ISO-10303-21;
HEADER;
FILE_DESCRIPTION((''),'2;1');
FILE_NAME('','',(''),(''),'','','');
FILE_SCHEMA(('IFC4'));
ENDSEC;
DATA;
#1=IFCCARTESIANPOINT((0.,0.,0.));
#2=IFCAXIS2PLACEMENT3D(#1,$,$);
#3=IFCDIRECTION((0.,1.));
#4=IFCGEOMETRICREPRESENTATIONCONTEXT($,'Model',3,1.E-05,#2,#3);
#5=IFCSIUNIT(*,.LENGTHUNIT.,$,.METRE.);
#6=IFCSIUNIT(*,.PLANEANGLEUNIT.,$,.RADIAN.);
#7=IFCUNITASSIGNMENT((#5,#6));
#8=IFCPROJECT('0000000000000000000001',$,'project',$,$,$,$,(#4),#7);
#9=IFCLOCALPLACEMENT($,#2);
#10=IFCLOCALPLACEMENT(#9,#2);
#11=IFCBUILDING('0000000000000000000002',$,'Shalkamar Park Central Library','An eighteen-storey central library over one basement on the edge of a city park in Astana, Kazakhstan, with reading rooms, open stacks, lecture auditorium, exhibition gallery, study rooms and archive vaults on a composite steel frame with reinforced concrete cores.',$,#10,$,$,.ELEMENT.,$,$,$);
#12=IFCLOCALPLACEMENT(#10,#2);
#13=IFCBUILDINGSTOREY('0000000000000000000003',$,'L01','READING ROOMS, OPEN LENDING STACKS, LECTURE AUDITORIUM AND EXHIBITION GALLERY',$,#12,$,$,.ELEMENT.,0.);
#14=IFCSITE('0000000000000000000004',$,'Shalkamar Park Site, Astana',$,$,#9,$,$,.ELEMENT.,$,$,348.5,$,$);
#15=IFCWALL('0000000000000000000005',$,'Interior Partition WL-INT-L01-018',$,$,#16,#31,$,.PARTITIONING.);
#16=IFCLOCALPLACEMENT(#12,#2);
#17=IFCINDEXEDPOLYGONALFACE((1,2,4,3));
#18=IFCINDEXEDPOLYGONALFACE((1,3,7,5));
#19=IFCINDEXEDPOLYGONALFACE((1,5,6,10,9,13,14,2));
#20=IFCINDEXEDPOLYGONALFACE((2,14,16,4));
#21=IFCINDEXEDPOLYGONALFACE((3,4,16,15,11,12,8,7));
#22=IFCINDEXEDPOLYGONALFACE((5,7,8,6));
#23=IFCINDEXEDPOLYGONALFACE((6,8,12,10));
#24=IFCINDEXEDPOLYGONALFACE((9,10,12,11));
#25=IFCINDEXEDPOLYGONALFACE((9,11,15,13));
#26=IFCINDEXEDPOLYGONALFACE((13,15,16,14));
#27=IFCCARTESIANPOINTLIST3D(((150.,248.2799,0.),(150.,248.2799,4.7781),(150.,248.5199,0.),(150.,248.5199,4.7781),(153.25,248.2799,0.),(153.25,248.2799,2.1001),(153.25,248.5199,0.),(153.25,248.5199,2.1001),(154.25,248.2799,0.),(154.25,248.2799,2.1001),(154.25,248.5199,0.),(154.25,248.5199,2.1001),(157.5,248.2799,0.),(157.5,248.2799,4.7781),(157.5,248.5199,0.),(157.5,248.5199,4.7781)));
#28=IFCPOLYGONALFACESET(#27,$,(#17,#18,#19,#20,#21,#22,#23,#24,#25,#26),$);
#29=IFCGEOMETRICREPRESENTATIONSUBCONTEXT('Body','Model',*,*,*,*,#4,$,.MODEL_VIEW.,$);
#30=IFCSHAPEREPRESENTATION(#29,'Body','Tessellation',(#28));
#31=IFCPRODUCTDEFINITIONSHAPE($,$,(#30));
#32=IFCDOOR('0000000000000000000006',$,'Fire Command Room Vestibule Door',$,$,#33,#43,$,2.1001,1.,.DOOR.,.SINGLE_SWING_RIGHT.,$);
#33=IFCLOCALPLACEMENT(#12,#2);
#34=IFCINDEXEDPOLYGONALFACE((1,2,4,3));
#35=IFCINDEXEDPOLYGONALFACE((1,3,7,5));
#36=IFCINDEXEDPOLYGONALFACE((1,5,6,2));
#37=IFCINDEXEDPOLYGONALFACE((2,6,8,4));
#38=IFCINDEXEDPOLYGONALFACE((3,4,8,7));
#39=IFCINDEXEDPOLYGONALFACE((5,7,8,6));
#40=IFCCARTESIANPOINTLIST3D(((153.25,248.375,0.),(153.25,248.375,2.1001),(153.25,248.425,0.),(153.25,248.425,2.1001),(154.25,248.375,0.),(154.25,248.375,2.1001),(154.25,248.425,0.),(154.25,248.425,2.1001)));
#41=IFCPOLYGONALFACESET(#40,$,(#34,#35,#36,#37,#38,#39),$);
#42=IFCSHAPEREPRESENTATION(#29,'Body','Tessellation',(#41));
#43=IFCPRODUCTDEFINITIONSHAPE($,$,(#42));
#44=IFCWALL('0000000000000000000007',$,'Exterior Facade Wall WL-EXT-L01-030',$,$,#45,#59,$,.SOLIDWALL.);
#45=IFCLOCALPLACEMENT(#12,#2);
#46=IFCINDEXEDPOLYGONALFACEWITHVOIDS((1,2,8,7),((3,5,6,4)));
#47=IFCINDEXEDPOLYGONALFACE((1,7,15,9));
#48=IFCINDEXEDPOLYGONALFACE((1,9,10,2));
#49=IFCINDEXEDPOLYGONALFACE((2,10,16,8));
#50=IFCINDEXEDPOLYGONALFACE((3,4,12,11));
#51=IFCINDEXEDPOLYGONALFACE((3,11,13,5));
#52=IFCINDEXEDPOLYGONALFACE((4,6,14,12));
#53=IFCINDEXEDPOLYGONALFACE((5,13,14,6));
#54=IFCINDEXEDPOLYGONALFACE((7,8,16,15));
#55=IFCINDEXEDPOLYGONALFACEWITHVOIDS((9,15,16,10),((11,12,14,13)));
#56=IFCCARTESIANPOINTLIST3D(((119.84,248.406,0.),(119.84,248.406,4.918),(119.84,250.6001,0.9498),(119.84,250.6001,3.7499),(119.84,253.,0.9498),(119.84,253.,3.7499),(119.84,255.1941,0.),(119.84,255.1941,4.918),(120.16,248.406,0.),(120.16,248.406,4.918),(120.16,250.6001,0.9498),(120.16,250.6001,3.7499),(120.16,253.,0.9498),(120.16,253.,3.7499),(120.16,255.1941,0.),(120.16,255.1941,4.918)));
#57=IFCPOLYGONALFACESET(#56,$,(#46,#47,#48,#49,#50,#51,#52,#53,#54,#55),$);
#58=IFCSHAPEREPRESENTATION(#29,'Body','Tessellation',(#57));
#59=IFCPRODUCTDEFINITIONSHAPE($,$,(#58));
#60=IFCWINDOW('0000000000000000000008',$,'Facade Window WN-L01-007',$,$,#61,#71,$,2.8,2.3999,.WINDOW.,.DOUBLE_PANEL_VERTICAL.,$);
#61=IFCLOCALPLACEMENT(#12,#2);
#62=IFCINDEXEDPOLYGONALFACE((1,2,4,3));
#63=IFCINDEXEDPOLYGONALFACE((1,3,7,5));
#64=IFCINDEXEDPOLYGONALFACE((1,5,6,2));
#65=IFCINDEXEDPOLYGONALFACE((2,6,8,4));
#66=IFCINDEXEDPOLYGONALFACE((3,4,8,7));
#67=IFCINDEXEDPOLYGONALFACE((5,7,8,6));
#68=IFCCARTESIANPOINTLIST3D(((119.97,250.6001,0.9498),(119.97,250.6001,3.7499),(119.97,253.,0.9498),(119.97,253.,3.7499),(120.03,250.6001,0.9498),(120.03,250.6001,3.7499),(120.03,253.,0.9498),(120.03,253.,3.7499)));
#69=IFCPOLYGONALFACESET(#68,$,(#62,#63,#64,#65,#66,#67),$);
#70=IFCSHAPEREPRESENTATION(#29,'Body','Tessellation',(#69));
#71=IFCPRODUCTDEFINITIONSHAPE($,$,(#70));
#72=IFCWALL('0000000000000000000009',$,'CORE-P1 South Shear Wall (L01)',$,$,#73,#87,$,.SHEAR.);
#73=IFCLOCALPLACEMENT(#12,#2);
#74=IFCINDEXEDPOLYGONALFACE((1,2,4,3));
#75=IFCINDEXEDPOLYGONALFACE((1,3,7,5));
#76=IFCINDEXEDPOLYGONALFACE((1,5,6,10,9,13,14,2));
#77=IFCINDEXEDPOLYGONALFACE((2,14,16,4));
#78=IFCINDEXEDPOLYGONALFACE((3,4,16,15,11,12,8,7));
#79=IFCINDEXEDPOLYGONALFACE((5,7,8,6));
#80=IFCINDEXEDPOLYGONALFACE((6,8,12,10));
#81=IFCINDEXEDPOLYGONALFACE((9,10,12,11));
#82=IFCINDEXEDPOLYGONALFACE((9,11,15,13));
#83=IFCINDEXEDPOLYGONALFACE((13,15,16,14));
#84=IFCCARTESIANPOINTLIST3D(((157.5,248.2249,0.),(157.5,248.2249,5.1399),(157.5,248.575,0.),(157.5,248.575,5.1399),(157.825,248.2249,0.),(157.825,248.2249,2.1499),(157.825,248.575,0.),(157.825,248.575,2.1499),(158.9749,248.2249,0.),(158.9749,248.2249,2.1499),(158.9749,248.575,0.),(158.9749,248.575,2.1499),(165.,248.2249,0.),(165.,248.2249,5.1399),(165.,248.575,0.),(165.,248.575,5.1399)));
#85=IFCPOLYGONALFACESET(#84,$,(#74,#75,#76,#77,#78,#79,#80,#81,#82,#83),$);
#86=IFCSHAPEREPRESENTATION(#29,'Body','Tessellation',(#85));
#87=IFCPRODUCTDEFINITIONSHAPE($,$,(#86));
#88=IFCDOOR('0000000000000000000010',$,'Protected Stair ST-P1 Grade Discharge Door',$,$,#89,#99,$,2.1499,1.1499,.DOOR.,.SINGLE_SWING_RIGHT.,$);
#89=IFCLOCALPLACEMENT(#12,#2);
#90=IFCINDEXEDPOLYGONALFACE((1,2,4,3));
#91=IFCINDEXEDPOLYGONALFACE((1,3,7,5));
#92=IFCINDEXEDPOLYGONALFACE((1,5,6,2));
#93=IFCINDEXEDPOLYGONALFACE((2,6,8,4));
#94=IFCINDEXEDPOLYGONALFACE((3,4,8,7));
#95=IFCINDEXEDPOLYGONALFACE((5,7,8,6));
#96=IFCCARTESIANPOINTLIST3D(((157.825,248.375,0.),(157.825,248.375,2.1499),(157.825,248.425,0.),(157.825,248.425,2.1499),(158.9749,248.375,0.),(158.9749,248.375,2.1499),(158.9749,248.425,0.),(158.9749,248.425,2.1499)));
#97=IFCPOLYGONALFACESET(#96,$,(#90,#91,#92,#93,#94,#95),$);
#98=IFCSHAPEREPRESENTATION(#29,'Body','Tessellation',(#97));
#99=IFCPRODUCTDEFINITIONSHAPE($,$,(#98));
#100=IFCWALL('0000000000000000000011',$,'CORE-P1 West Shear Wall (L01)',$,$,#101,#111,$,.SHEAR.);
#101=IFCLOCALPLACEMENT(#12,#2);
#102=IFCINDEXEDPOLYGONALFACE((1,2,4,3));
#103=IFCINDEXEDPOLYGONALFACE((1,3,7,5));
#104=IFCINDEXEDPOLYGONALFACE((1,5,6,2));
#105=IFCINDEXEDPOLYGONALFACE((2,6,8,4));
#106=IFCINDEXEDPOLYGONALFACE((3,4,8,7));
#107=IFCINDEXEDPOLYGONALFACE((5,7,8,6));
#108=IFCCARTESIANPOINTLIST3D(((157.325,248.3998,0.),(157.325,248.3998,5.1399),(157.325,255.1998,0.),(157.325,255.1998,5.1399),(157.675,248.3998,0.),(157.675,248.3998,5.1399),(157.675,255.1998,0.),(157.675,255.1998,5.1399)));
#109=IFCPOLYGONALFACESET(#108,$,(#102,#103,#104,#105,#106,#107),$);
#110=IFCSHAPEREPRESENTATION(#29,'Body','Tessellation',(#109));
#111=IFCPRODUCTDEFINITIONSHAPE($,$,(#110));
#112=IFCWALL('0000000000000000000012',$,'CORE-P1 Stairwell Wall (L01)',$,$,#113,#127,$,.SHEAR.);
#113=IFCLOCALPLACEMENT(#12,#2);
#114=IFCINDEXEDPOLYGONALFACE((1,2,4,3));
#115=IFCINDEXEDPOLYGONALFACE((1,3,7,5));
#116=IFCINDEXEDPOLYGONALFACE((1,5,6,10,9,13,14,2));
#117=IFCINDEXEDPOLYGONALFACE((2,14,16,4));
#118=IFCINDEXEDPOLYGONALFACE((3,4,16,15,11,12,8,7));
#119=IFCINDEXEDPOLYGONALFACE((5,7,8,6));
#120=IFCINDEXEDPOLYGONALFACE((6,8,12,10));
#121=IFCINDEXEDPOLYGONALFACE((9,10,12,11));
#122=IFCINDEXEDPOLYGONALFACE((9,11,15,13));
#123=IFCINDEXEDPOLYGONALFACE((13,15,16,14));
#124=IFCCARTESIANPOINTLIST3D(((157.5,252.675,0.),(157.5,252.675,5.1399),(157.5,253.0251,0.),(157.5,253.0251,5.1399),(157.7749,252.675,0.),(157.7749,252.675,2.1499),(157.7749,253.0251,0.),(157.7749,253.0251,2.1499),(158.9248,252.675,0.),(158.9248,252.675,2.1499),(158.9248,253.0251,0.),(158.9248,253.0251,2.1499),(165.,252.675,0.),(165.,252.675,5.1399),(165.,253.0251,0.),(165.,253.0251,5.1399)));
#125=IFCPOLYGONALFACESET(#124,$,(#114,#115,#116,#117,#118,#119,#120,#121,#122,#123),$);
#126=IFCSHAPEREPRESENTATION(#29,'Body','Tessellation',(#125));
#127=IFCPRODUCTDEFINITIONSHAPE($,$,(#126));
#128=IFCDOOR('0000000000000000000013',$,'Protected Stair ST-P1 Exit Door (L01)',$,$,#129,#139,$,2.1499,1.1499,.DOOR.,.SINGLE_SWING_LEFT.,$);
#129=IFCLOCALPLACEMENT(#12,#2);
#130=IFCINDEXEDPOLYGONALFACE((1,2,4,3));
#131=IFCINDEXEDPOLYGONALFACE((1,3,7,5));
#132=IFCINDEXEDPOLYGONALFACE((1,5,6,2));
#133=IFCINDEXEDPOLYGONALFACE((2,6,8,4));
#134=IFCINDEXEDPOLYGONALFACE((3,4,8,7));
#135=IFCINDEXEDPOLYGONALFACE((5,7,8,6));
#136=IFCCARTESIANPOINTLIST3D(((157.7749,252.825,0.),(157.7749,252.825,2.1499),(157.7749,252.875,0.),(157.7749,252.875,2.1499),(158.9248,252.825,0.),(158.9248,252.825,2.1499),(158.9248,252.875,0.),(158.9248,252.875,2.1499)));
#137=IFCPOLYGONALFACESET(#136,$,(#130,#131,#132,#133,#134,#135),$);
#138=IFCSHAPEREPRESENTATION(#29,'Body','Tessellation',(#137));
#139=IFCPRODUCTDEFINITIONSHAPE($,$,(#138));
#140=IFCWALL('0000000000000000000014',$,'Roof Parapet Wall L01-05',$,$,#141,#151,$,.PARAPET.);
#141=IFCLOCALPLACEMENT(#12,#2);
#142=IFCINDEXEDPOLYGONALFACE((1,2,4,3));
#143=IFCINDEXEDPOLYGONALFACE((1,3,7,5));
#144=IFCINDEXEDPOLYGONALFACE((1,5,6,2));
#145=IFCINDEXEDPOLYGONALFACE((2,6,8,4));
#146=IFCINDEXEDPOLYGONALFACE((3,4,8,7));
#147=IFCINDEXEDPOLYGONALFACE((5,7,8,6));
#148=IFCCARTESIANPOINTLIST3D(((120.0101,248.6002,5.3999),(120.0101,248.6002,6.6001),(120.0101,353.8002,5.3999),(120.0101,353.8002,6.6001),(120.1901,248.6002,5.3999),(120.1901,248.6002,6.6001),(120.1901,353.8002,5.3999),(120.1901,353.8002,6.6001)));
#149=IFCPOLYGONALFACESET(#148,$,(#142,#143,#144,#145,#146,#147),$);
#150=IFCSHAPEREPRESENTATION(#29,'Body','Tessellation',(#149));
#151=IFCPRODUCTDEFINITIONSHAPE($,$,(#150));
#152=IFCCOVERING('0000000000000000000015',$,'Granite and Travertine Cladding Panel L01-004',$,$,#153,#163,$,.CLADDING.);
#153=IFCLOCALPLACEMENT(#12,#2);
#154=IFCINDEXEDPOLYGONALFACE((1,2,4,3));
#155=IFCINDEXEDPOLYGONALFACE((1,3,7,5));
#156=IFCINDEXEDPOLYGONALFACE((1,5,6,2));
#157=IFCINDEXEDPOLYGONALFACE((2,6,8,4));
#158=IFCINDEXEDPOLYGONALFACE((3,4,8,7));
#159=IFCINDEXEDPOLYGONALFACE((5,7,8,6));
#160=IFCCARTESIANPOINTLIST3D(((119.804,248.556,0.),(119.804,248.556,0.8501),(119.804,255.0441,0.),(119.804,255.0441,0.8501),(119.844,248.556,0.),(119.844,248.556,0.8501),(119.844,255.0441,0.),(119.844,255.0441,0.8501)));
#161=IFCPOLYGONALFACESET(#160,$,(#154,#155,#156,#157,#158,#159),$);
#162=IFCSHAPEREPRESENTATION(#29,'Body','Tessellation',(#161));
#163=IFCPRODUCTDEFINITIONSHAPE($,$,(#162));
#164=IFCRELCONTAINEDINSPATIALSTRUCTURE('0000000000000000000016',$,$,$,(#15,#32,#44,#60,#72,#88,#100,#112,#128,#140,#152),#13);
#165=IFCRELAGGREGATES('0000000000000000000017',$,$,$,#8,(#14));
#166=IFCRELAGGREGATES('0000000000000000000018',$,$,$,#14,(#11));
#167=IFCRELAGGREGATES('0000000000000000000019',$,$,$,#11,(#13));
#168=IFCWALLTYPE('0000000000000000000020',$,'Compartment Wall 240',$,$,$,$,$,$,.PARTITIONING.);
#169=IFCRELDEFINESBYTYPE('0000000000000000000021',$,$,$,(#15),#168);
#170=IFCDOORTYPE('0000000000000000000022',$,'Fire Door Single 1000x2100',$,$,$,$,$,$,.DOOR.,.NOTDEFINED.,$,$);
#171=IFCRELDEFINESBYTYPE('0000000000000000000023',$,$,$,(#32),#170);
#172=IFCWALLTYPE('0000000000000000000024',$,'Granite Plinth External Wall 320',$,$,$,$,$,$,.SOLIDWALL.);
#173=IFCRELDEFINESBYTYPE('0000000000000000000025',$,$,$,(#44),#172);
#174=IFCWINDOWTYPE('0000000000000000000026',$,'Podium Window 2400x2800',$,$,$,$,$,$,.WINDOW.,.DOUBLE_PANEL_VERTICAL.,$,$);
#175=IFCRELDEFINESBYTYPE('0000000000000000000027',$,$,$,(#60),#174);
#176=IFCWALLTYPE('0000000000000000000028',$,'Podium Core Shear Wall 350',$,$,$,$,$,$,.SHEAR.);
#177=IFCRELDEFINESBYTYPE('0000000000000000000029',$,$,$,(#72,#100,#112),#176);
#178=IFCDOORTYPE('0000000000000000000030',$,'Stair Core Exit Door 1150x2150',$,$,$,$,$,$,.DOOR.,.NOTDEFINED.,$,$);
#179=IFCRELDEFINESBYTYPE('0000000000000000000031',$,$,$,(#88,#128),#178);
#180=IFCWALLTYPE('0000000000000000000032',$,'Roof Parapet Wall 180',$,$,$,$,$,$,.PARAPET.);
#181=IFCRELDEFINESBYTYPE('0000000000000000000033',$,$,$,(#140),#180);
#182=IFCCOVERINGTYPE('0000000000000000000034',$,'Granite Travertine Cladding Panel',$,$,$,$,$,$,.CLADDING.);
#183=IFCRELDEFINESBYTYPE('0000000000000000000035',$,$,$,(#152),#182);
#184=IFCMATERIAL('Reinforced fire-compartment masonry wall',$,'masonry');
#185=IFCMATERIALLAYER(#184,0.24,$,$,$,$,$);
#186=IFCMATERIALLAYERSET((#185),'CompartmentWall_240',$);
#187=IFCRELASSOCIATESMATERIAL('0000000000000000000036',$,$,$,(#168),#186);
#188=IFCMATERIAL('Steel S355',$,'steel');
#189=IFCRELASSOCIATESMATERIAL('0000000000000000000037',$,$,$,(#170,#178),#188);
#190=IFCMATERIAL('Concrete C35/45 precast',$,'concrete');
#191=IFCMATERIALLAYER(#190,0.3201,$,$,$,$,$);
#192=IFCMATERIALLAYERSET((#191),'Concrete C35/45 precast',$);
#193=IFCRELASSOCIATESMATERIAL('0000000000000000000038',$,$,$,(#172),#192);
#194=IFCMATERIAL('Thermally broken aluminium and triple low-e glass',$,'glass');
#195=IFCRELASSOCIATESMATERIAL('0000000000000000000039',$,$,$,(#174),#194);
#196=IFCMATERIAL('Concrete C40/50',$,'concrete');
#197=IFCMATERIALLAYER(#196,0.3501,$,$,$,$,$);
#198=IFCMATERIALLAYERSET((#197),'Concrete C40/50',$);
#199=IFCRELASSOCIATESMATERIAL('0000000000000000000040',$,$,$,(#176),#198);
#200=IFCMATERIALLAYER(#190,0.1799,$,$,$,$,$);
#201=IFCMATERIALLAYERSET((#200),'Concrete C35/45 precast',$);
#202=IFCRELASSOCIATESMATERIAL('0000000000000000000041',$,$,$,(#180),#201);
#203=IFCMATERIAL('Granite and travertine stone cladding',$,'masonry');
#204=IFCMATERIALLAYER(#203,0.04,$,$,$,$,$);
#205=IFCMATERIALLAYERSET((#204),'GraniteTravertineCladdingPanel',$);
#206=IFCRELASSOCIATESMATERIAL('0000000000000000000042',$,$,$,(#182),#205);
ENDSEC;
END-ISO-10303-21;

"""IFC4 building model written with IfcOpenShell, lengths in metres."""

from ifc_helpers import new_model, si_unit, direction, frame, frame_2d, origin, origin_2d, place, context, subcontext, project, spatial, rectangle, extrude, material, layer, layer_set, type_object, element, fill, save


model = new_model("IFC4")

# Units and contexts
model_context = context("Model", 3, precision=1e-05, world=origin(), true_north=direction((0.0, 1.0)))
body_context = subcontext(model_context, "Body", "Model", "MODEL_VIEW")
ifc_project = project(units=[si_unit("LENGTHUNIT", "METRE"), si_unit("PLANEANGLEUNIT", "RADIAN")], contexts=[model_context])

# Site, building, storey
site_placement = place(None, origin())
site = spatial("IfcSite", under=ifc_project, at=site_placement, Name="Shalkamar Park Site, Astana", CompositionType="ELEMENT", RefElevation=348.5)
building_placement = place(site_placement, origin())
building = spatial("IfcBuilding", under=site, at=building_placement, Name="Shalkamar Park Central Library", Description="An eighteen-storey central library over one basement on the edge of a city park in Astana, Kazakhstan, with reading rooms, open stacks, lecture auditorium, exhibition gallery, study rooms and archive vaults on a composite steel frame with reinforced concrete cores.", CompositionType="ELEMENT")
storey_placement = place(building_placement, origin())
storey = spatial("IfcBuildingStorey", under=building, at=storey_placement, Name="L01", Description="READING ROOMS, OPEN LENDING STACKS, LECTURE AUDITORIUM AND EXHIBITION GALLERY", CompositionType="ELEMENT", Elevation=0.0)

# Shared definitions
ifc_material_1 = material(Name="Steel S355", Category="steel")

# Wall, opening, door
ifc_material_2 = material(Name="Reinforced fire-compartment masonry wall", Category="masonry")
ifc_layer_1 = layer(ifc_material_2, 0.24)
ifc_layer_set_1 = layer_set([ifc_layer_1], Name="CompartmentWall_240")
wall_type_1 = type_object("IfcWallType", Name="Compartment Wall 240", PredefinedType="PARTITIONING", material=ifc_layer_set_1)
wall_1_placement = place(storey_placement, frame((150.0, 248.3999, 0.0), z_axis=(0.0, 0.0, 1.0), x_axis=(1.0, 0.0, 0.0)))
wall_1 = element("IfcWall", 1, at=wall_1_placement, inside=storey, type_object=wall_type_1, Name="Interior Partition WL-INT-L01-018", PredefinedType="PARTITIONING", context=body_context, shape_type="SweptSolid", body=[
    extrude(rectangle(XDim=7.5, YDim=0.24, at=frame_2d((3.75, 0.0))), origin(), (0.0, 0.0, 1.0), 4.7781),
])
opening_1_placement = place(wall_1_placement, frame((3.25, 0.0, 0.0)))
opening_1 = element("IfcOpeningElement", 2, at=opening_1_placement, cuts=wall_1, PredefinedType="OPENING", context=body_context, shape_type="SweptSolid", body=[
    extrude(rectangle(XDim=1.0, YDim=2.1001, at=frame_2d((0.5, 1.05))), frame((0.0, 0.1348, 0.0), z_axis=(0.0, -1.0, 0.0), x_axis=(1.0, 0.0, 0.0)), (0.0, 0.0, 1.0), 0.2698),
])
door_type_1 = type_object("IfcDoorType", Name="Fire Door Single 1000x2100", OperationType="NOTDEFINED", PredefinedType="DOOR", material=ifc_material_1)
door_1_placement = place(opening_1_placement, frame((1.0, 0.0, 0.0), z_axis=(0.0, 0.0, 1.0), x_axis=(-1.0, 0.0, 0.0)))
door_1 = element("IfcDoor", 3, at=door_1_placement, inside=storey, type_object=door_type_1, Name="Fire Command Room Vestibule Door", OperationType="SINGLE_SWING_RIGHT", OverallHeight=2.1001, OverallWidth=1.0, PredefinedType="DOOR", context=body_context, shape_type="SweptSolid", body=[
    extrude(rectangle(XDim=1.0, YDim=2.1001, at=frame_2d((0.5, 1.05))), frame((0.0, 0.0249, 0.0), z_axis=(0.0, -1.0, 0.0), x_axis=(1.0, 0.0, 0.0)), (0.0, 0.0, 1.0), 0.05),
])
fill(opening_1, door_1)

# Wall, opening, window
ifc_material_3 = material(Name="Concrete C35/45 precast", Category="concrete")
ifc_layer_2 = layer(ifc_material_3, 0.3201)
ifc_layer_set_2 = layer_set([ifc_layer_2], Name="Concrete C35/45 precast")
wall_type_2 = type_object("IfcWallType", Name="Granite Plinth External Wall 320", PredefinedType="SOLIDWALL", material=ifc_layer_set_2)
wall_2_placement = place(storey_placement, frame((120.0, 248.406, 0.0), z_axis=(0.0, 0.0, 1.0), x_axis=(0.0, 1.0, 0.0)))
wall_2 = element("IfcWall", 4, at=wall_2_placement, inside=storey, type_object=wall_type_2, Name="Exterior Facade Wall WL-EXT-L01-030", PredefinedType="SOLIDWALL", context=body_context, shape_type="SweptSolid", body=[
    extrude(rectangle(XDim=6.7881, YDim=0.3201, at=frame_2d((3.394, 0.0))), origin(), (0.0, 0.0, 1.0), 4.918),
])
opening_2_placement = place(wall_2_placement, frame((2.1941, 0.0, 0.95)))
opening_2 = element("IfcOpeningElement", 5, at=opening_2_placement, cuts=wall_2, PredefinedType="OPENING", context=body_context, shape_type="SweptSolid", body=[
    extrude(rectangle(XDim=2.3999, YDim=2.8, at=frame_2d((1.2, 1.3999))), frame((0.0, 0.1748, 0.0), z_axis=(0.0, -1.0, 0.0), x_axis=(1.0, 0.0, 0.0)), (0.0, 0.0, 1.0), 0.3499),
])
ifc_material_4 = material(Name="Thermally broken aluminium and triple low-e glass", Category="glass")
window_type = type_object("IfcWindowType", Name="Podium Window 2400x2800", PartitioningType="DOUBLE_PANEL_VERTICAL", PredefinedType="WINDOW", material=ifc_material_4)
window_placement = place(opening_2_placement, origin())
window = element("IfcWindow", 6, at=window_placement, inside=storey, type_object=window_type, Name="Facade Window WN-L01-007", OverallHeight=2.8, OverallWidth=2.3999, PartitioningType="DOUBLE_PANEL_VERTICAL", PredefinedType="WINDOW", context=body_context, shape_type="SweptSolid", body=[
    extrude(rectangle(XDim=2.3999, YDim=2.8, at=frame_2d((1.2, 1.3999))), frame((0.0, 0.03, 0.0), z_axis=(0.0, -1.0, 0.0), x_axis=(1.0, 0.0, 0.0)), (0.0, 0.0, 1.0), 0.0601),
])
fill(opening_2, window)

# Wall, opening, door
ifc_material_5 = material(Name="Concrete C40/50", Category="concrete")
ifc_layer_3 = layer(ifc_material_5, 0.3501)
ifc_layer_set_3 = layer_set([ifc_layer_3], Name="Concrete C40/50")
wall_type_3 = type_object("IfcWallType", Name="Podium Core Shear Wall 350", PredefinedType="SHEAR", material=ifc_layer_set_3)
wall_3_placement = place(storey_placement, frame((157.5, 248.3999, 0.0), z_axis=(0.0, 0.0, 1.0), x_axis=(1.0, 0.0, 0.0)))
wall_3 = element("IfcWall", 7, at=wall_3_placement, inside=storey, type_object=wall_type_3, Name="CORE-P1 South Shear Wall (L01)", PredefinedType="SHEAR", context=body_context, shape_type="SweptSolid", body=[
    extrude(rectangle(XDim=7.5, YDim=0.3501, at=frame_2d((3.75, 0.0))), origin(), (0.0, 0.0, 1.0), 5.1399),
])
opening_3_placement = place(wall_3_placement, frame((0.325, 0.0, 0.0)))
opening_3 = element("IfcOpeningElement", 8, at=opening_3_placement, cuts=wall_3, PredefinedType="OPENING", context=body_context, shape_type="SweptSolid", body=[
    extrude(rectangle(XDim=1.1499, YDim=2.1499, at=frame_2d((0.575, 1.075))), frame((0.0, 0.1899, 0.0), z_axis=(0.0, -1.0, 0.0), x_axis=(1.0, 0.0, 0.0)), (0.0, 0.0, 1.0), 0.3799),
])
door_type_2 = type_object("IfcDoorType", Name="Stair Core Exit Door 1150x2150", OperationType="NOTDEFINED", PredefinedType="DOOR", material=ifc_material_1)
door_2_placement = place(opening_3_placement, frame((1.1499, 0.0, 0.0), z_axis=(0.0, 0.0, 1.0), x_axis=(-1.0, 0.0, 0.0)))
door_2 = element("IfcDoor", 9, at=door_2_placement, inside=storey, type_object=door_type_2, Name="Protected Stair ST-P1 Grade Discharge Door", OperationType="SINGLE_SWING_RIGHT", OverallHeight=2.1499, OverallWidth=1.1499, PredefinedType="DOOR", context=body_context, shape_type="SweptSolid", body=[
    extrude(rectangle(XDim=1.1499, YDim=2.1499, at=frame_2d((0.575, 1.075))), frame((0.0, 0.0249, 0.0), z_axis=(0.0, -1.0, 0.0), x_axis=(1.0, 0.0, 0.0)), (0.0, 0.0, 1.0), 0.05),
])
fill(opening_3, door_2)

# Wall
wall_4_placement = place(storey_placement, frame((157.5, 248.3999, 0.0), z_axis=(0.0, 0.0, 1.0), x_axis=(0.0, 1.0, 0.0)))
element("IfcWall", 10, at=wall_4_placement, inside=storey, type_object=wall_type_3, Name="CORE-P1 West Shear Wall (L01)", PredefinedType="SHEAR", context=body_context, shape_type="SweptSolid", body=[
    extrude(rectangle(XDim=6.8, YDim=0.3501, at=frame_2d((3.3999, 0.0))), origin(), (0.0, 0.0, 1.0), 5.1399),
])

# Wall, opening, door
wall_5_placement = place(storey_placement, frame((157.5, 252.8501, 0.0), z_axis=(0.0, 0.0, 1.0), x_axis=(1.0, 0.0, 0.0)))
wall_5 = element("IfcWall", 11, at=wall_5_placement, inside=storey, type_object=wall_type_3, Name="CORE-P1 Stairwell Wall (L01)", PredefinedType="SHEAR", context=body_context, shape_type="SweptSolid", body=[
    extrude(rectangle(XDim=7.5, YDim=0.3501, at=frame_2d((3.75, 0.0))), origin(), (0.0, 0.0, 1.0), 5.1399),
])
opening_4_placement = place(wall_5_placement, frame((0.2749, 0.0, 0.0)))
opening_4 = element("IfcOpeningElement", 12, at=opening_4_placement, cuts=wall_5, PredefinedType="OPENING", context=body_context, shape_type="SweptSolid", body=[
    extrude(rectangle(XDim=1.1499, YDim=2.1499, at=frame_2d((0.575, 1.075))), frame((0.0, 0.1899, 0.0), z_axis=(0.0, -1.0, 0.0), x_axis=(1.0, 0.0, 0.0)), (0.0, 0.0, 1.0), 0.3799),
])
door_3_placement = place(opening_4_placement, origin())
door_3 = element("IfcDoor", 13, at=door_3_placement, inside=storey, type_object=door_type_2, Name="Protected Stair ST-P1 Exit Door (L01)", OperationType="SINGLE_SWING_LEFT", OverallHeight=2.1499, OverallWidth=1.1499, PredefinedType="DOOR", context=body_context, shape_type="SweptSolid", body=[
    extrude(rectangle(XDim=1.1499, YDim=2.1499, at=frame_2d((0.575, 1.075))), frame((0.0, 0.0249, 0.0), z_axis=(0.0, -1.0, 0.0), x_axis=(1.0, 0.0, 0.0)), (0.0, 0.0, 1.0), 0.05),
])
fill(opening_4, door_3)

# Wall
ifc_layer_4 = layer(ifc_material_3, 0.1799)
ifc_layer_set_4 = layer_set([ifc_layer_4], Name="Concrete C35/45 precast")
wall_type_4 = type_object("IfcWallType", Name="Roof Parapet Wall 180", PredefinedType="PARAPET", material=ifc_layer_set_4)
wall_6_placement = place(storey_placement, frame((120.1001, 248.6001, 5.3999), z_axis=(0.0, 0.0, 1.0), x_axis=(0.0, 1.0, 0.0)))
element("IfcWall", 14, at=wall_6_placement, inside=storey, type_object=wall_type_4, Name="Roof Parapet Wall L01-05", PredefinedType="PARAPET", context=body_context, shape_type="SweptSolid", body=[
    extrude(rectangle(XDim=105.2, YDim=0.1799, at=frame_2d((52.6001, 0.0))), origin(), (0.0, 0.0, 1.0), 1.2002),
])

# Covering
ifc_material_6 = material(Name="Granite and travertine stone cladding", Category="masonry")
ifc_layer_5 = layer(ifc_material_6, 0.04)
ifc_layer_set_5 = layer_set([ifc_layer_5], Name="GraniteTravertineCladdingPanel")
covering_type = type_object("IfcCoveringType", Name="Granite Travertine Cladding Panel", PredefinedType="CLADDING", material=ifc_layer_set_5)
covering_placement = place(storey_placement, frame((119.824, 251.8, 0.0), z_axis=(0.0, 0.0, 1.0), x_axis=(1.0, 0.0, 0.0)))
element("IfcCovering", 15, at=covering_placement, inside=storey, type_object=covering_type, Name="Granite and Travertine Cladding Panel L01-004", PredefinedType="CLADDING", context=body_context, shape_type="SweptSolid", body=[
    extrude(rectangle(XDim=0.04, YDim=6.488, at=origin_2d()), origin(), (0.0, 0.0, 1.0), 0.8501),
])

save(model, "model.ifc")
